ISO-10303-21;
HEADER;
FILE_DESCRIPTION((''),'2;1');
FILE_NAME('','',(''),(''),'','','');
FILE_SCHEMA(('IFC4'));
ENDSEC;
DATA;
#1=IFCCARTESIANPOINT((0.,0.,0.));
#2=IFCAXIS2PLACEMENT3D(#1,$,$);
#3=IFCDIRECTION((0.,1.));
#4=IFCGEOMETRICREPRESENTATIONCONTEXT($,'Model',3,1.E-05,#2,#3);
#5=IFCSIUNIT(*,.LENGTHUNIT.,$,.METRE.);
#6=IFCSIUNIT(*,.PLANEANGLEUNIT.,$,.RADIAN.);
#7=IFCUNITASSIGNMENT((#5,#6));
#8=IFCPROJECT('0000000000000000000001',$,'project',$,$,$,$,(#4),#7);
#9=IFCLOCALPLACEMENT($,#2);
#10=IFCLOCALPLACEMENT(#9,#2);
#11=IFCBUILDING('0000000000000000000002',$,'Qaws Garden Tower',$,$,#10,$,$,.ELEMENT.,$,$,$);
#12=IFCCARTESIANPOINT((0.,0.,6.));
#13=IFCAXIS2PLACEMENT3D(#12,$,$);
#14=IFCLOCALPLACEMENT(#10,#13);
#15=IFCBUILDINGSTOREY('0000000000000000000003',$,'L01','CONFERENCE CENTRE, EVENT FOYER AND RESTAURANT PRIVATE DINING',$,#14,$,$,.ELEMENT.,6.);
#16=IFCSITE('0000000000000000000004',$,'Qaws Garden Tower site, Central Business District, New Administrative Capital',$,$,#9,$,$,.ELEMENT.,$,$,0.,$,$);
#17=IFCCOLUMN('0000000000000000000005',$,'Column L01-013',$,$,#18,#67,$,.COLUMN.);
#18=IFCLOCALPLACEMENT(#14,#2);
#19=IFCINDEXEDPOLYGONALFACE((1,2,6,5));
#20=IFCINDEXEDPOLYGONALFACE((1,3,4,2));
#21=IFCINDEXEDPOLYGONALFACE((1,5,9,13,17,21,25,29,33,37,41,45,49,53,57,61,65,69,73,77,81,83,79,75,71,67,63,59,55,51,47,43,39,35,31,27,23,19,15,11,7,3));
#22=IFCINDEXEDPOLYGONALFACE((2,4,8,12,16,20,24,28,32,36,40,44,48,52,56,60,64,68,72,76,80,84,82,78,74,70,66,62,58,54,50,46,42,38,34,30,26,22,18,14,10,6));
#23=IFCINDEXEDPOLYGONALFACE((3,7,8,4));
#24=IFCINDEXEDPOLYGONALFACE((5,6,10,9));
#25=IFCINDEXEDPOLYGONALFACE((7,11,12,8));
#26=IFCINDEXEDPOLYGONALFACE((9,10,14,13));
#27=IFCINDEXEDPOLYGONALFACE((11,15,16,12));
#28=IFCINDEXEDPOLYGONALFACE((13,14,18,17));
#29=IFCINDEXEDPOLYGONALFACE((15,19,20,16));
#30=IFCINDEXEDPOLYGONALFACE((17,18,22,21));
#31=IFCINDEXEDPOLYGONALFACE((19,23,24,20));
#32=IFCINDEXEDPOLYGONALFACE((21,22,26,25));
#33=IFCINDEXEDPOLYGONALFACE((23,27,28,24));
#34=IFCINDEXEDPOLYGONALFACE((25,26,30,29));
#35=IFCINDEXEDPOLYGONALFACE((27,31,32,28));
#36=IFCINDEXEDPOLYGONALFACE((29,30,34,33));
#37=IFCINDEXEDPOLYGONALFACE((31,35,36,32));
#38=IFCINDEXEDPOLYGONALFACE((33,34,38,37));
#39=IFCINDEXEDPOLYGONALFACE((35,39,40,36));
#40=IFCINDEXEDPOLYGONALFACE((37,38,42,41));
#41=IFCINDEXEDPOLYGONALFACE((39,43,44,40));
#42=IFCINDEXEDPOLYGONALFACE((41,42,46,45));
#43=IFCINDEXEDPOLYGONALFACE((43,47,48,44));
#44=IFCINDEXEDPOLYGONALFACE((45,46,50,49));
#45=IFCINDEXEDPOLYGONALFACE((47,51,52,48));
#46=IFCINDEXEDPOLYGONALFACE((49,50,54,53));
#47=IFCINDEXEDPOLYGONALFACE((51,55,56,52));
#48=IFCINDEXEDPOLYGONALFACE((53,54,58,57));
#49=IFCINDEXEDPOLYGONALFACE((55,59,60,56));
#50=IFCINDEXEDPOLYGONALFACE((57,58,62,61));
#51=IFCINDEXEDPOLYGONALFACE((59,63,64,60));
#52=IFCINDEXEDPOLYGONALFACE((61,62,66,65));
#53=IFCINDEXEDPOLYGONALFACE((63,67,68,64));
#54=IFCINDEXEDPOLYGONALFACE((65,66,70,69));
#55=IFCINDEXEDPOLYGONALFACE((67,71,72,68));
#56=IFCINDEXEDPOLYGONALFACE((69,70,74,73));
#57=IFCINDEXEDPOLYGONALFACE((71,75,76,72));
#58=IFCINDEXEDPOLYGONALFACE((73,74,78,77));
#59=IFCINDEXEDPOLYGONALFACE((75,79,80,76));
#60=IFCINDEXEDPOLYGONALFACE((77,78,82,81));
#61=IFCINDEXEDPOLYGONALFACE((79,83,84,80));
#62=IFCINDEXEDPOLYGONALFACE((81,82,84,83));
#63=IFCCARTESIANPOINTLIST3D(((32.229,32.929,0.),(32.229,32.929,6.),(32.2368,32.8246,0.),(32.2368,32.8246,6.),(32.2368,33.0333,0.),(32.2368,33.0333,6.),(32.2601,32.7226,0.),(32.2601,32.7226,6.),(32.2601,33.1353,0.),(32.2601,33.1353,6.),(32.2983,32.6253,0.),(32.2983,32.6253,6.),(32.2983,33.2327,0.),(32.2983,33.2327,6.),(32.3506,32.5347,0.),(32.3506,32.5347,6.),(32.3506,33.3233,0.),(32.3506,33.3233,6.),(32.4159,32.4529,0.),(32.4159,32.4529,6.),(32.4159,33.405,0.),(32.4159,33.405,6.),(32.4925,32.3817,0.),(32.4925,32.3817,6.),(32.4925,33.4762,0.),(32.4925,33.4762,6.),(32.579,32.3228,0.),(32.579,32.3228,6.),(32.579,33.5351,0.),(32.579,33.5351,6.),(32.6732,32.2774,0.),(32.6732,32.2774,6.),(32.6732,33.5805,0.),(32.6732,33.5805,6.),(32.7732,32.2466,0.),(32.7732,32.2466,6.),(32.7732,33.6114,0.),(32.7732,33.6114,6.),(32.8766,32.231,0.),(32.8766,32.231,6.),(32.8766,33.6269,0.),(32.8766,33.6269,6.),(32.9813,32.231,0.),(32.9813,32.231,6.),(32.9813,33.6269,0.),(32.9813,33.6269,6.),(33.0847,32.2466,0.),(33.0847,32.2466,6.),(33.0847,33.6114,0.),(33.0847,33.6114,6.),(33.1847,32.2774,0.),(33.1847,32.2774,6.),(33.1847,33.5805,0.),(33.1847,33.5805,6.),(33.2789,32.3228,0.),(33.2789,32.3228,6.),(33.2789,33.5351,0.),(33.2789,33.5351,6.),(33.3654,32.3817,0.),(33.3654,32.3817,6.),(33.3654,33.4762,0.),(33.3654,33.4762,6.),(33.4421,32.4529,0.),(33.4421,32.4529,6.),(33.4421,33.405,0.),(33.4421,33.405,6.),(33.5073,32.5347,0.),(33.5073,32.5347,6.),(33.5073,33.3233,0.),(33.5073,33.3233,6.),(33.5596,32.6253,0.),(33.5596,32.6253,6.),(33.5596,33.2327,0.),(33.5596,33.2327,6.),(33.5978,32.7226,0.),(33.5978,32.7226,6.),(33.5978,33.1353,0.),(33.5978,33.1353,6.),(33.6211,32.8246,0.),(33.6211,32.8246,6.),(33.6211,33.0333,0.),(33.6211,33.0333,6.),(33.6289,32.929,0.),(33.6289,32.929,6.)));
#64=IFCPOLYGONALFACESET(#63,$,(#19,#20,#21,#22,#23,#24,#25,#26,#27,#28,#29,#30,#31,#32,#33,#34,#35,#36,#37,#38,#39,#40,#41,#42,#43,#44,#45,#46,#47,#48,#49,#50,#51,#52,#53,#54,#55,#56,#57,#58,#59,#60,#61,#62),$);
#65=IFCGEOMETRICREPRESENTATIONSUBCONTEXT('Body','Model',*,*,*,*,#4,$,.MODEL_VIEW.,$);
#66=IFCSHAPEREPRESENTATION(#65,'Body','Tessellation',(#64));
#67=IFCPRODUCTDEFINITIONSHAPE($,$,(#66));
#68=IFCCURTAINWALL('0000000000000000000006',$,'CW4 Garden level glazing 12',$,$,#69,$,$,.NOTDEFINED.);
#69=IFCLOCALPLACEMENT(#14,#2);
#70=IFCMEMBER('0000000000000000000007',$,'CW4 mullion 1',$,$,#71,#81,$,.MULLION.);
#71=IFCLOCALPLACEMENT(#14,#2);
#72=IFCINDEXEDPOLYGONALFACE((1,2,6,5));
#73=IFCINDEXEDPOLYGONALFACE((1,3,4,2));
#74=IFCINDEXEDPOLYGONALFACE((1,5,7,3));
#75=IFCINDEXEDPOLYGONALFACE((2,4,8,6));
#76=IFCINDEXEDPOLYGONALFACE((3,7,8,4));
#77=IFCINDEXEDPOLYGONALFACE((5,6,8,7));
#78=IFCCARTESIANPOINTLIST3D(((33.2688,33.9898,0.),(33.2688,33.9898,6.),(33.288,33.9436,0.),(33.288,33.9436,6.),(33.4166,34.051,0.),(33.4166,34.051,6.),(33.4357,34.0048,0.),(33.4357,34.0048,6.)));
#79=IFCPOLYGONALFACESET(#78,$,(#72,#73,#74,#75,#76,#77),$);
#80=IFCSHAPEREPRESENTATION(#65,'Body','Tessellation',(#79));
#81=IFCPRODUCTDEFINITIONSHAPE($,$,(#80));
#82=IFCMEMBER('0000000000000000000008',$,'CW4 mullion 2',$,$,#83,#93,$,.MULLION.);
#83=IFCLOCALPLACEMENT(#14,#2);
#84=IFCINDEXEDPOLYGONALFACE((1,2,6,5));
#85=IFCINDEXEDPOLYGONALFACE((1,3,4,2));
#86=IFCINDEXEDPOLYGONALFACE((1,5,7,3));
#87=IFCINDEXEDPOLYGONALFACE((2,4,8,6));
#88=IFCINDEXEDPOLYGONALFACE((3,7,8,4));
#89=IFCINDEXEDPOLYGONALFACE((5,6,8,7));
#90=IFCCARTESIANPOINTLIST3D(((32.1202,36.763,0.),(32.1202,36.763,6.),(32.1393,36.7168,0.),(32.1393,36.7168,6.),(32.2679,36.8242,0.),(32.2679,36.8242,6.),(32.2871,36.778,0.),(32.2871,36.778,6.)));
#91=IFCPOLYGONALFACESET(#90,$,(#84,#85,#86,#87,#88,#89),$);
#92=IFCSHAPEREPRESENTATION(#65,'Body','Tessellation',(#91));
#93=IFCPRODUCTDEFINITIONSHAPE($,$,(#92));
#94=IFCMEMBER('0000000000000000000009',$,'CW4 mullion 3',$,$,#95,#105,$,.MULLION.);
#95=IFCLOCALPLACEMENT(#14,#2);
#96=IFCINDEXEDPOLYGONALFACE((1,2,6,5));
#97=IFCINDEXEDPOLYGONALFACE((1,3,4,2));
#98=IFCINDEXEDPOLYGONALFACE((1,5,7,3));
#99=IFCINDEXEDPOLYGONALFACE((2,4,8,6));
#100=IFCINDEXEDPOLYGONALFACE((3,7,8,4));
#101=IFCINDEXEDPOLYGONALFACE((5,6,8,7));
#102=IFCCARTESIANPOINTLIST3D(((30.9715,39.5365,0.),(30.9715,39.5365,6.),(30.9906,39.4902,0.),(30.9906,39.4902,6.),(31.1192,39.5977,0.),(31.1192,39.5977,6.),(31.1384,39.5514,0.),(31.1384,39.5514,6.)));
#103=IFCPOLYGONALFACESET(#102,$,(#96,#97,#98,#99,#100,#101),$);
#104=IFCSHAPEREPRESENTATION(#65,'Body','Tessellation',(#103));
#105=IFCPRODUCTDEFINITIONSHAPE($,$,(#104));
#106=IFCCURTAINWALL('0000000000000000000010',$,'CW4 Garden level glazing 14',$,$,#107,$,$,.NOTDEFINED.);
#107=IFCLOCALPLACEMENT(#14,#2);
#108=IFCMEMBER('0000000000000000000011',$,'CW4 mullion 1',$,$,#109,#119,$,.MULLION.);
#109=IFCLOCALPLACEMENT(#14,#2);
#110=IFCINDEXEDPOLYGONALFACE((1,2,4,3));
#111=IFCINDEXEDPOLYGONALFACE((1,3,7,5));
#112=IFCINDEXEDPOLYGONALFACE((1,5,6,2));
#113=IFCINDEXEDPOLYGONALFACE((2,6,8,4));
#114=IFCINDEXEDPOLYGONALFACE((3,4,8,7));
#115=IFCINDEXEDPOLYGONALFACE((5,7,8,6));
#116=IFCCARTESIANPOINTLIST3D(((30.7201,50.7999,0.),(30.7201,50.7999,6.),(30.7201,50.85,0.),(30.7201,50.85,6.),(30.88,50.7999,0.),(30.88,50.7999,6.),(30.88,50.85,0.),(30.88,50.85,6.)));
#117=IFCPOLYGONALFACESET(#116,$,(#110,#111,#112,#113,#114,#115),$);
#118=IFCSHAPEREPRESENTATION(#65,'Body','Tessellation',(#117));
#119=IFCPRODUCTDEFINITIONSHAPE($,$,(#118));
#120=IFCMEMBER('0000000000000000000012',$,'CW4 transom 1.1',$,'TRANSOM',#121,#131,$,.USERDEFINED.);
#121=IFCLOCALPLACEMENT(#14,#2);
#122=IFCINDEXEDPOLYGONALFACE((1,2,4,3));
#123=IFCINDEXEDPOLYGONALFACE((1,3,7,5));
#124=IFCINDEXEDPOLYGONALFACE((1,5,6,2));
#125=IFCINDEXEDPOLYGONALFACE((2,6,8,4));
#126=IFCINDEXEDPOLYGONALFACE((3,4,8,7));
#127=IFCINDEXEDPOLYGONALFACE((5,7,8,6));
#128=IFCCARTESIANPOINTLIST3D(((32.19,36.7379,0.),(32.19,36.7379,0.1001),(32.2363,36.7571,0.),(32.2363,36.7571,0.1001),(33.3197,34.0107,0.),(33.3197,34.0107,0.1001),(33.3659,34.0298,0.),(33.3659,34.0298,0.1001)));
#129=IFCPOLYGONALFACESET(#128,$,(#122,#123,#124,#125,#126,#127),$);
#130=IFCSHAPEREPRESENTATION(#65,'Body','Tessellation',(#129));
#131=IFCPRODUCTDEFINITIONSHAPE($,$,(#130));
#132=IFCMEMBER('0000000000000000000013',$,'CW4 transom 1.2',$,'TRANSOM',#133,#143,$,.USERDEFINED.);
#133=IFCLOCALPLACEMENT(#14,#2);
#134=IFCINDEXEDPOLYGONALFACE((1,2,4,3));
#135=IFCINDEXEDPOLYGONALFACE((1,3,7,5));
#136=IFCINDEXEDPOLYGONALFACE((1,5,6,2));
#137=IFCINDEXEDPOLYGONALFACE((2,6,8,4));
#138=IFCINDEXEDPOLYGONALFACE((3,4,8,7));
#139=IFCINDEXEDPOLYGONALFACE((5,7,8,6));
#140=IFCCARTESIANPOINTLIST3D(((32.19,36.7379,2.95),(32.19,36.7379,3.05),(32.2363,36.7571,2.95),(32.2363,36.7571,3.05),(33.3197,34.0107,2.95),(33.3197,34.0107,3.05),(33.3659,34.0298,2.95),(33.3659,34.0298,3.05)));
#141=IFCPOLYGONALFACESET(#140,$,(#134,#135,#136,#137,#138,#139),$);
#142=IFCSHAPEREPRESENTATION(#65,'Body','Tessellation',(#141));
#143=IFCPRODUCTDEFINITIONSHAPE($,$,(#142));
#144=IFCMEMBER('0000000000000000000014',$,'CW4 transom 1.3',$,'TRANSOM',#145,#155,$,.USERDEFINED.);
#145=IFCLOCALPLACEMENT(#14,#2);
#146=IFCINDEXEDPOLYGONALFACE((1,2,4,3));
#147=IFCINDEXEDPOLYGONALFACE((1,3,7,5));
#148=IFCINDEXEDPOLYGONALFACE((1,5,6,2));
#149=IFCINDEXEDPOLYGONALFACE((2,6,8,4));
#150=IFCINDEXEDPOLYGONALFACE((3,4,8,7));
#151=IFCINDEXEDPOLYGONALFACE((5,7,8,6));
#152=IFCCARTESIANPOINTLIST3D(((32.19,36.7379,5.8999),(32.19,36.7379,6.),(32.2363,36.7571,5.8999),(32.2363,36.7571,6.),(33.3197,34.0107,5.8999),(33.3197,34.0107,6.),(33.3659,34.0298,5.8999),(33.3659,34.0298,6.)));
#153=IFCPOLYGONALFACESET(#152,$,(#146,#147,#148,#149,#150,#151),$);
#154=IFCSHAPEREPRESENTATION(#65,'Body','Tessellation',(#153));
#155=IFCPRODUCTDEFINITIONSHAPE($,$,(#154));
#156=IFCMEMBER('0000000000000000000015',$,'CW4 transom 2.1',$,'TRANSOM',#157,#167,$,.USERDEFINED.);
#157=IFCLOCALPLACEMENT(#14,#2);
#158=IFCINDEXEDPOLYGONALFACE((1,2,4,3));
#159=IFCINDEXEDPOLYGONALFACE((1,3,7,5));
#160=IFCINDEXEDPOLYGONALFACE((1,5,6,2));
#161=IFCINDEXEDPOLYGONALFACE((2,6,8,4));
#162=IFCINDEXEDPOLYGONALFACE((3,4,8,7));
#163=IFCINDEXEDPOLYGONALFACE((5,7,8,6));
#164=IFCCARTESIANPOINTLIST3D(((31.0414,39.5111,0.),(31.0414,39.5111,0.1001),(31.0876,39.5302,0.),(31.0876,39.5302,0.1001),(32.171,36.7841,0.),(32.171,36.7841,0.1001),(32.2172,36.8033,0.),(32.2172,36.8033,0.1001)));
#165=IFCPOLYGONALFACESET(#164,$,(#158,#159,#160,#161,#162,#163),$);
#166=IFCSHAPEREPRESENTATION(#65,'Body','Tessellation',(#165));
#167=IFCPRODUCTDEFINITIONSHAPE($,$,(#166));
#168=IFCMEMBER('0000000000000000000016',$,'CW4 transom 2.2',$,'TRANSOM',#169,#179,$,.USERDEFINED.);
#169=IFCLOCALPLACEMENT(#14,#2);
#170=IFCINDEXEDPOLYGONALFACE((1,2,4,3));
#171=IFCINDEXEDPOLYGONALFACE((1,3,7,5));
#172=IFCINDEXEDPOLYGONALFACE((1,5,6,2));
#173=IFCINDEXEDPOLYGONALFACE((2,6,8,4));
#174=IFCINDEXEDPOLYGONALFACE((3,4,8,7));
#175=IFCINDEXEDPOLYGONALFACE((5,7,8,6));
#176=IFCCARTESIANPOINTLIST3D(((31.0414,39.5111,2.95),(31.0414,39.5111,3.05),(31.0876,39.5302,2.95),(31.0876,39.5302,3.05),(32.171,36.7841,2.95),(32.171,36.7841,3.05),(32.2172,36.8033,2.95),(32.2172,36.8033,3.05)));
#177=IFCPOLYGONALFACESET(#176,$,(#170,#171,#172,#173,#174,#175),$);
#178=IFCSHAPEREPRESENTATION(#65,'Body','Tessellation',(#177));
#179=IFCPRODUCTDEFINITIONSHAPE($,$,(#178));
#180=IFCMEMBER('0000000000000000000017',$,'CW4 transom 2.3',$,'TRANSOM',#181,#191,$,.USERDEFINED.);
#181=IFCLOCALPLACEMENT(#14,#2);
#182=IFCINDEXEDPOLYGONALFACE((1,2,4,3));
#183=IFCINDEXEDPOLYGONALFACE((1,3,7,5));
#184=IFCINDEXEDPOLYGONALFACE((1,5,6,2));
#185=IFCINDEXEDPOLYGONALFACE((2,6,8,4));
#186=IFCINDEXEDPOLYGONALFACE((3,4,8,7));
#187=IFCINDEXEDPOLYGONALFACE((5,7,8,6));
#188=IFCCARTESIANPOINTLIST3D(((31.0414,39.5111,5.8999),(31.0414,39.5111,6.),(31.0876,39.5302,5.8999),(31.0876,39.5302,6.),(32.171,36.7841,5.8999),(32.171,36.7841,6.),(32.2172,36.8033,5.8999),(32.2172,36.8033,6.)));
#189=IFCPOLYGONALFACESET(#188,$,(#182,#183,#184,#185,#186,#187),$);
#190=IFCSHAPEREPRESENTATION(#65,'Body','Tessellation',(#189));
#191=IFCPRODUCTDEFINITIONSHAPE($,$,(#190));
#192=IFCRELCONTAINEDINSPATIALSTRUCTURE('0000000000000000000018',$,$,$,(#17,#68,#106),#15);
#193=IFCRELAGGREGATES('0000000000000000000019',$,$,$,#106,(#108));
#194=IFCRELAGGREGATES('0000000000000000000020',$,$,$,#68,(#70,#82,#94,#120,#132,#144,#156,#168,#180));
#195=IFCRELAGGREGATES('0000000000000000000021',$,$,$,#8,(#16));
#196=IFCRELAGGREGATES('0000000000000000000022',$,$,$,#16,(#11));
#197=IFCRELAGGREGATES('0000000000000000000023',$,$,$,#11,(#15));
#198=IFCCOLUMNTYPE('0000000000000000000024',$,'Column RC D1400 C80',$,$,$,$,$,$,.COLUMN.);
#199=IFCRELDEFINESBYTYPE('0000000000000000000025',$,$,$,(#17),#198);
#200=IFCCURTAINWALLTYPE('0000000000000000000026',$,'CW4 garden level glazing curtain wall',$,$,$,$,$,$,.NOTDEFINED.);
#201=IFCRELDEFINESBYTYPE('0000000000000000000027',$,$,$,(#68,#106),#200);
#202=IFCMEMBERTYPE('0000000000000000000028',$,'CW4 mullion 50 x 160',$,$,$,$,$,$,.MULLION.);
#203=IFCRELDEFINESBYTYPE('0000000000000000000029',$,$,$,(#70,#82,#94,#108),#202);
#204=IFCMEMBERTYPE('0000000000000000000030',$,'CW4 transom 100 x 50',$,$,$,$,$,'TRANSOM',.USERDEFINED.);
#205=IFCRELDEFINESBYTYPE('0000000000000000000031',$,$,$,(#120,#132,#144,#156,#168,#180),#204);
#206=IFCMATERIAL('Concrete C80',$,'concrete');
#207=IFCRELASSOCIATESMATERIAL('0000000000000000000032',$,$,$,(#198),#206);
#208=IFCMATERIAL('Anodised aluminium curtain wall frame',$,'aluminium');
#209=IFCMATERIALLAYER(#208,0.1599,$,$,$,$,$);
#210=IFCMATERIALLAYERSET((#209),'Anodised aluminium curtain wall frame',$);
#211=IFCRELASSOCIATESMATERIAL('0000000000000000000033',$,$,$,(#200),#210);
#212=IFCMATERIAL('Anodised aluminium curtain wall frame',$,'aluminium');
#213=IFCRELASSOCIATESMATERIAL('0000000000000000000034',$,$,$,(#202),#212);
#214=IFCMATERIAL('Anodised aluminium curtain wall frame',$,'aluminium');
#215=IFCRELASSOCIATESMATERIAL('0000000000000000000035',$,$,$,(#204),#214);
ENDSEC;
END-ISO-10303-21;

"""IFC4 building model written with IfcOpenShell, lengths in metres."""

from ifc_helpers import new_model, si_unit, direction, frame, origin, origin_2d, place, context, subcontext, project, spatial, rectangle, circle, extrude, material, layer, layer_set, material_profile, profile_set, type_object, element, aggregate, save


model = new_model("IFC4")

# Units and contexts
model_context = context("Model", 3, precision=1e-05, world=origin(), true_north=direction((0.0, 1.0)))
body_context = subcontext(model_context, "Body", "Model", "MODEL_VIEW")
ifc_project = project(units=[si_unit("LENGTHUNIT", "METRE"), si_unit("PLANEANGLEUNIT", "RADIAN")], contexts=[model_context])

# Site, building, storey
site_placement = place(None, origin())
site = spatial("IfcSite", under=ifc_project, at=site_placement, Name="Qaws Garden Tower site, Central Business District, New Administrative Capital", CompositionType="ELEMENT", RefElevation=0.0)
building_placement = place(site_placement, origin())
building = spatial("IfcBuilding", under=site, at=building_placement, Name="Qaws Garden Tower", CompositionType="ELEMENT")
storey_placement = place(building_placement, frame((0.0, 0.0, 6.0)))
storey = spatial("IfcBuildingStorey", under=building, at=storey_placement, Name="L01", Description="CONFERENCE CENTRE, EVENT FOYER AND RESTAURANT PRIVATE DINING", CompositionType="ELEMENT", Elevation=6.0)

# Column
ifc_material_1 = material(Name="Concrete C80", Category="concrete")
ifc_material_profile_1 = material_profile(ifc_material_1, circle(Radius=0.7, at=origin_2d()), Name="RC D1400")
ifc_profile_set_1 = profile_set([ifc_material_profile_1], Name="Concrete C80")
column_type = type_object("IfcColumnType", Name="Column RC D1400 C80", PredefinedType="COLUMN", material=ifc_profile_set_1)
column_placement = place(storey_placement, frame((32.929, 32.929, 0.0), z_axis=(0.0, 0.0, 1.0), x_axis=(1.0, 0.0, 0.0)))
element("IfcColumn", 1, at=column_placement, inside=storey, type_object=column_type, Name="Column L01-013", PredefinedType="COLUMN", context=body_context, shape_type="SweptSolid", body=[
    extrude(circle(Radius=0.7, at=origin_2d()), origin(), (0.0, 0.0, 1.0), 6.0),
])

# Curtain wall, members
ifc_material_2 = material(Name="Anodised aluminium curtain wall frame", Category="aluminium")
ifc_layer_1 = layer(ifc_material_2, 0.1599)
ifc_layer_set_1 = layer_set([ifc_layer_1], Name="Anodised aluminium curtain wall frame")
curtain_wall_type = type_object("IfcCurtainWallType", Name="CW4 garden level glazing curtain wall", PredefinedType="NOTDEFINED", material=ifc_layer_set_1)
placement = place(storey_placement, origin())
curtain_wall_1 = element("IfcCurtainWall", 2, at=placement, inside=storey, type_object=curtain_wall_type, Name="CW4 Garden level glazing 12", PredefinedType="NOTDEFINED")
ifc_material_3 = material(Name="Anodised aluminium curtain wall frame", Category="aluminium")
ifc_material_profile_2 = material_profile(ifc_material_3, rectangle(XDim=0.1599, YDim=0.05, at=origin_2d()), Name="AL 50x160")
ifc_profile_set_2 = profile_set([ifc_material_profile_2], Name="Anodised aluminium curtain wall frame")
member_type_1 = type_object("IfcMemberType", Name="CW4 mullion 50 x 160", PredefinedType="MULLION", material=ifc_profile_set_2)
member_1_placement = place(storey_placement, frame((33.3523, 33.9973, 0.0), z_axis=(0.0, 0.0, 1.0), x_axis=(-0.92388, -0.382683, 0.0)))
member_1 = element("IfcMember", 3, at=member_1_placement, type_object=member_type_1, Name="CW4 mullion 1", PredefinedType="MULLION", context=body_context, shape_type="SweptSolid", body=[
    extrude(rectangle(XDim=0.1599, YDim=0.05, at=origin_2d()), origin(), (0.0, 0.0, 1.0), 6.0),
])
member_2_placement = place(storey_placement, frame((32.2036, 36.7705, 0.0), z_axis=(0.0, 0.0, 1.0), x_axis=(-0.92388, -0.382683, 0.0)))
member_2 = element("IfcMember", 4, at=member_2_placement, type_object=member_type_1, Name="CW4 mullion 2", PredefinedType="MULLION", context=body_context, shape_type="SweptSolid", body=[
    extrude(rectangle(XDim=0.1599, YDim=0.05, at=origin_2d()), origin(), (0.0, 0.0, 1.0), 6.0),
])
member_3_placement = place(storey_placement, frame((31.0549, 39.5439, 0.0), z_axis=(0.0, 0.0, 1.0), x_axis=(-0.92388, -0.382683, 0.0)))
member_3 = element("IfcMember", 5, at=member_3_placement, type_object=member_type_1, Name="CW4 mullion 3", PredefinedType="MULLION", context=body_context, shape_type="SweptSolid", body=[
    extrude(rectangle(XDim=0.1599, YDim=0.05, at=origin_2d()), origin(), (0.0, 0.0, 1.0), 6.0),
])

# Curtain wall, member
curtain_wall_2 = element("IfcCurtainWall", 6, at=placement, inside=storey, type_object=curtain_wall_type, Name="CW4 Garden level glazing 14", PredefinedType="NOTDEFINED")
member_4_placement = place(storey_placement, frame((30.8, 50.825, 0.0), z_axis=(0.0, 0.0, 1.0), x_axis=(-1.0, 0.0, 0.0)))
member_4 = element("IfcMember", 7, at=member_4_placement, type_object=member_type_1, Name="CW4 mullion 1", PredefinedType="MULLION", context=body_context, shape_type="SweptSolid", body=[
    extrude(rectangle(XDim=0.1599, YDim=0.05, at=origin_2d()), origin(), (0.0, 0.0, 1.0), 6.0),
])

# Members
ifc_material_4 = material(Name="Anodised aluminium curtain wall frame", Category="aluminium")
ifc_material_profile_3 = material_profile(ifc_material_4, rectangle(XDim=0.05, YDim=0.1001, at=origin_2d()), Name="AL 50x100")
ifc_profile_set_3 = profile_set([ifc_material_profile_3], Name="Anodised aluminium curtain wall frame")
member_type_2 = type_object("IfcMemberType", Name="CW4 transom 100 x 50", ElementType="TRANSOM", PredefinedType="USERDEFINED", material=ifc_profile_set_3)
member_5_placement = place(storey_placement, frame((33.3428, 34.0203, 0.05), z_axis=(-0.382671, 0.923885, 0.0), x_axis=(-0.923885, -0.382671, 0.0)))
member_5 = element("IfcMember", 8, at=member_5_placement, type_object=member_type_2, Name="CW4 transom 1.1", ObjectType="TRANSOM", PredefinedType="USERDEFINED", context=body_context, shape_type="SweptSolid", body=[
    extrude(rectangle(XDim=0.05, YDim=0.1001, at=origin_2d()), origin(), (0.0, 0.0, 1.0), 2.9519),
])
member_6_placement = place(storey_placement, frame((33.3428, 34.0203, 3.0), z_axis=(-0.382671, 0.923885, 0.0), x_axis=(-0.923885, -0.382671, 0.0)))
member_6 = element("IfcMember", 9, at=member_6_placement, type_object=member_type_2, Name="CW4 transom 1.2", ObjectType="TRANSOM", PredefinedType="USERDEFINED", context=body_context, shape_type="SweptSolid", body=[
    extrude(rectangle(XDim=0.05, YDim=0.1001, at=origin_2d()), origin(), (0.0, 0.0, 1.0), 2.9519),
])
member_7_placement = place(storey_placement, frame((33.3428, 34.0203, 5.95), z_axis=(-0.382671, 0.923885, 0.0), x_axis=(-0.923885, -0.382671, 0.0)))
member_7 = element("IfcMember", 10, at=member_7_placement, type_object=member_type_2, Name="CW4 transom 1.3", ObjectType="TRANSOM", PredefinedType="USERDEFINED", context=body_context, shape_type="SweptSolid", body=[
    extrude(rectangle(XDim=0.05, YDim=0.1001, at=origin_2d()), origin(), (0.0, 0.0, 1.0), 2.9519),
])
member_8_placement = place(storey_placement, frame((32.1941, 36.7937, 0.05), z_axis=(-0.3827, 0.923873, 0.0), x_axis=(-0.923873, -0.3827, 0.0)))
member_8 = element("IfcMember", 11, at=member_8_placement, type_object=member_type_2, Name="CW4 transom 2.1", ObjectType="TRANSOM", PredefinedType="USERDEFINED", context=body_context, shape_type="SweptSolid", body=[
    extrude(rectangle(XDim=0.05, YDim=0.1001, at=origin_2d()), origin(), (0.0, 0.0, 1.0), 2.9517),
])
member_9_placement = place(storey_placement, frame((32.1941, 36.7937, 3.0), z_axis=(-0.3827, 0.923873, 0.0), x_axis=(-0.923873, -0.3827, 0.0)))
member_9 = element("IfcMember", 12, at=member_9_placement, type_object=member_type_2, Name="CW4 transom 2.2", ObjectType="TRANSOM", PredefinedType="USERDEFINED", context=body_context, shape_type="SweptSolid", body=[
    extrude(rectangle(XDim=0.05, YDim=0.1001, at=origin_2d()), origin(), (0.0, 0.0, 1.0), 2.9517),
])
member_10_placement = place(storey_placement, frame((32.1941, 36.7937, 5.95), z_axis=(-0.3827, 0.923873, 0.0), x_axis=(-0.923873, -0.3827, 0.0)))
member_10 = element("IfcMember", 13, at=member_10_placement, type_object=member_type_2, Name="CW4 transom 2.3", ObjectType="TRANSOM", PredefinedType="USERDEFINED", context=body_context, shape_type="SweptSolid", body=[
    extrude(rectangle(XDim=0.05, YDim=0.1001, at=origin_2d()), origin(), (0.0, 0.0, 1.0), 2.9517),
])
aggregate(curtain_wall_2, [member_4])

aggregate(curtain_wall_1, [member_1, member_2, member_3, member_5, member_6, member_7, member_8, member_9, member_10])

save(model, "model.ifc")
